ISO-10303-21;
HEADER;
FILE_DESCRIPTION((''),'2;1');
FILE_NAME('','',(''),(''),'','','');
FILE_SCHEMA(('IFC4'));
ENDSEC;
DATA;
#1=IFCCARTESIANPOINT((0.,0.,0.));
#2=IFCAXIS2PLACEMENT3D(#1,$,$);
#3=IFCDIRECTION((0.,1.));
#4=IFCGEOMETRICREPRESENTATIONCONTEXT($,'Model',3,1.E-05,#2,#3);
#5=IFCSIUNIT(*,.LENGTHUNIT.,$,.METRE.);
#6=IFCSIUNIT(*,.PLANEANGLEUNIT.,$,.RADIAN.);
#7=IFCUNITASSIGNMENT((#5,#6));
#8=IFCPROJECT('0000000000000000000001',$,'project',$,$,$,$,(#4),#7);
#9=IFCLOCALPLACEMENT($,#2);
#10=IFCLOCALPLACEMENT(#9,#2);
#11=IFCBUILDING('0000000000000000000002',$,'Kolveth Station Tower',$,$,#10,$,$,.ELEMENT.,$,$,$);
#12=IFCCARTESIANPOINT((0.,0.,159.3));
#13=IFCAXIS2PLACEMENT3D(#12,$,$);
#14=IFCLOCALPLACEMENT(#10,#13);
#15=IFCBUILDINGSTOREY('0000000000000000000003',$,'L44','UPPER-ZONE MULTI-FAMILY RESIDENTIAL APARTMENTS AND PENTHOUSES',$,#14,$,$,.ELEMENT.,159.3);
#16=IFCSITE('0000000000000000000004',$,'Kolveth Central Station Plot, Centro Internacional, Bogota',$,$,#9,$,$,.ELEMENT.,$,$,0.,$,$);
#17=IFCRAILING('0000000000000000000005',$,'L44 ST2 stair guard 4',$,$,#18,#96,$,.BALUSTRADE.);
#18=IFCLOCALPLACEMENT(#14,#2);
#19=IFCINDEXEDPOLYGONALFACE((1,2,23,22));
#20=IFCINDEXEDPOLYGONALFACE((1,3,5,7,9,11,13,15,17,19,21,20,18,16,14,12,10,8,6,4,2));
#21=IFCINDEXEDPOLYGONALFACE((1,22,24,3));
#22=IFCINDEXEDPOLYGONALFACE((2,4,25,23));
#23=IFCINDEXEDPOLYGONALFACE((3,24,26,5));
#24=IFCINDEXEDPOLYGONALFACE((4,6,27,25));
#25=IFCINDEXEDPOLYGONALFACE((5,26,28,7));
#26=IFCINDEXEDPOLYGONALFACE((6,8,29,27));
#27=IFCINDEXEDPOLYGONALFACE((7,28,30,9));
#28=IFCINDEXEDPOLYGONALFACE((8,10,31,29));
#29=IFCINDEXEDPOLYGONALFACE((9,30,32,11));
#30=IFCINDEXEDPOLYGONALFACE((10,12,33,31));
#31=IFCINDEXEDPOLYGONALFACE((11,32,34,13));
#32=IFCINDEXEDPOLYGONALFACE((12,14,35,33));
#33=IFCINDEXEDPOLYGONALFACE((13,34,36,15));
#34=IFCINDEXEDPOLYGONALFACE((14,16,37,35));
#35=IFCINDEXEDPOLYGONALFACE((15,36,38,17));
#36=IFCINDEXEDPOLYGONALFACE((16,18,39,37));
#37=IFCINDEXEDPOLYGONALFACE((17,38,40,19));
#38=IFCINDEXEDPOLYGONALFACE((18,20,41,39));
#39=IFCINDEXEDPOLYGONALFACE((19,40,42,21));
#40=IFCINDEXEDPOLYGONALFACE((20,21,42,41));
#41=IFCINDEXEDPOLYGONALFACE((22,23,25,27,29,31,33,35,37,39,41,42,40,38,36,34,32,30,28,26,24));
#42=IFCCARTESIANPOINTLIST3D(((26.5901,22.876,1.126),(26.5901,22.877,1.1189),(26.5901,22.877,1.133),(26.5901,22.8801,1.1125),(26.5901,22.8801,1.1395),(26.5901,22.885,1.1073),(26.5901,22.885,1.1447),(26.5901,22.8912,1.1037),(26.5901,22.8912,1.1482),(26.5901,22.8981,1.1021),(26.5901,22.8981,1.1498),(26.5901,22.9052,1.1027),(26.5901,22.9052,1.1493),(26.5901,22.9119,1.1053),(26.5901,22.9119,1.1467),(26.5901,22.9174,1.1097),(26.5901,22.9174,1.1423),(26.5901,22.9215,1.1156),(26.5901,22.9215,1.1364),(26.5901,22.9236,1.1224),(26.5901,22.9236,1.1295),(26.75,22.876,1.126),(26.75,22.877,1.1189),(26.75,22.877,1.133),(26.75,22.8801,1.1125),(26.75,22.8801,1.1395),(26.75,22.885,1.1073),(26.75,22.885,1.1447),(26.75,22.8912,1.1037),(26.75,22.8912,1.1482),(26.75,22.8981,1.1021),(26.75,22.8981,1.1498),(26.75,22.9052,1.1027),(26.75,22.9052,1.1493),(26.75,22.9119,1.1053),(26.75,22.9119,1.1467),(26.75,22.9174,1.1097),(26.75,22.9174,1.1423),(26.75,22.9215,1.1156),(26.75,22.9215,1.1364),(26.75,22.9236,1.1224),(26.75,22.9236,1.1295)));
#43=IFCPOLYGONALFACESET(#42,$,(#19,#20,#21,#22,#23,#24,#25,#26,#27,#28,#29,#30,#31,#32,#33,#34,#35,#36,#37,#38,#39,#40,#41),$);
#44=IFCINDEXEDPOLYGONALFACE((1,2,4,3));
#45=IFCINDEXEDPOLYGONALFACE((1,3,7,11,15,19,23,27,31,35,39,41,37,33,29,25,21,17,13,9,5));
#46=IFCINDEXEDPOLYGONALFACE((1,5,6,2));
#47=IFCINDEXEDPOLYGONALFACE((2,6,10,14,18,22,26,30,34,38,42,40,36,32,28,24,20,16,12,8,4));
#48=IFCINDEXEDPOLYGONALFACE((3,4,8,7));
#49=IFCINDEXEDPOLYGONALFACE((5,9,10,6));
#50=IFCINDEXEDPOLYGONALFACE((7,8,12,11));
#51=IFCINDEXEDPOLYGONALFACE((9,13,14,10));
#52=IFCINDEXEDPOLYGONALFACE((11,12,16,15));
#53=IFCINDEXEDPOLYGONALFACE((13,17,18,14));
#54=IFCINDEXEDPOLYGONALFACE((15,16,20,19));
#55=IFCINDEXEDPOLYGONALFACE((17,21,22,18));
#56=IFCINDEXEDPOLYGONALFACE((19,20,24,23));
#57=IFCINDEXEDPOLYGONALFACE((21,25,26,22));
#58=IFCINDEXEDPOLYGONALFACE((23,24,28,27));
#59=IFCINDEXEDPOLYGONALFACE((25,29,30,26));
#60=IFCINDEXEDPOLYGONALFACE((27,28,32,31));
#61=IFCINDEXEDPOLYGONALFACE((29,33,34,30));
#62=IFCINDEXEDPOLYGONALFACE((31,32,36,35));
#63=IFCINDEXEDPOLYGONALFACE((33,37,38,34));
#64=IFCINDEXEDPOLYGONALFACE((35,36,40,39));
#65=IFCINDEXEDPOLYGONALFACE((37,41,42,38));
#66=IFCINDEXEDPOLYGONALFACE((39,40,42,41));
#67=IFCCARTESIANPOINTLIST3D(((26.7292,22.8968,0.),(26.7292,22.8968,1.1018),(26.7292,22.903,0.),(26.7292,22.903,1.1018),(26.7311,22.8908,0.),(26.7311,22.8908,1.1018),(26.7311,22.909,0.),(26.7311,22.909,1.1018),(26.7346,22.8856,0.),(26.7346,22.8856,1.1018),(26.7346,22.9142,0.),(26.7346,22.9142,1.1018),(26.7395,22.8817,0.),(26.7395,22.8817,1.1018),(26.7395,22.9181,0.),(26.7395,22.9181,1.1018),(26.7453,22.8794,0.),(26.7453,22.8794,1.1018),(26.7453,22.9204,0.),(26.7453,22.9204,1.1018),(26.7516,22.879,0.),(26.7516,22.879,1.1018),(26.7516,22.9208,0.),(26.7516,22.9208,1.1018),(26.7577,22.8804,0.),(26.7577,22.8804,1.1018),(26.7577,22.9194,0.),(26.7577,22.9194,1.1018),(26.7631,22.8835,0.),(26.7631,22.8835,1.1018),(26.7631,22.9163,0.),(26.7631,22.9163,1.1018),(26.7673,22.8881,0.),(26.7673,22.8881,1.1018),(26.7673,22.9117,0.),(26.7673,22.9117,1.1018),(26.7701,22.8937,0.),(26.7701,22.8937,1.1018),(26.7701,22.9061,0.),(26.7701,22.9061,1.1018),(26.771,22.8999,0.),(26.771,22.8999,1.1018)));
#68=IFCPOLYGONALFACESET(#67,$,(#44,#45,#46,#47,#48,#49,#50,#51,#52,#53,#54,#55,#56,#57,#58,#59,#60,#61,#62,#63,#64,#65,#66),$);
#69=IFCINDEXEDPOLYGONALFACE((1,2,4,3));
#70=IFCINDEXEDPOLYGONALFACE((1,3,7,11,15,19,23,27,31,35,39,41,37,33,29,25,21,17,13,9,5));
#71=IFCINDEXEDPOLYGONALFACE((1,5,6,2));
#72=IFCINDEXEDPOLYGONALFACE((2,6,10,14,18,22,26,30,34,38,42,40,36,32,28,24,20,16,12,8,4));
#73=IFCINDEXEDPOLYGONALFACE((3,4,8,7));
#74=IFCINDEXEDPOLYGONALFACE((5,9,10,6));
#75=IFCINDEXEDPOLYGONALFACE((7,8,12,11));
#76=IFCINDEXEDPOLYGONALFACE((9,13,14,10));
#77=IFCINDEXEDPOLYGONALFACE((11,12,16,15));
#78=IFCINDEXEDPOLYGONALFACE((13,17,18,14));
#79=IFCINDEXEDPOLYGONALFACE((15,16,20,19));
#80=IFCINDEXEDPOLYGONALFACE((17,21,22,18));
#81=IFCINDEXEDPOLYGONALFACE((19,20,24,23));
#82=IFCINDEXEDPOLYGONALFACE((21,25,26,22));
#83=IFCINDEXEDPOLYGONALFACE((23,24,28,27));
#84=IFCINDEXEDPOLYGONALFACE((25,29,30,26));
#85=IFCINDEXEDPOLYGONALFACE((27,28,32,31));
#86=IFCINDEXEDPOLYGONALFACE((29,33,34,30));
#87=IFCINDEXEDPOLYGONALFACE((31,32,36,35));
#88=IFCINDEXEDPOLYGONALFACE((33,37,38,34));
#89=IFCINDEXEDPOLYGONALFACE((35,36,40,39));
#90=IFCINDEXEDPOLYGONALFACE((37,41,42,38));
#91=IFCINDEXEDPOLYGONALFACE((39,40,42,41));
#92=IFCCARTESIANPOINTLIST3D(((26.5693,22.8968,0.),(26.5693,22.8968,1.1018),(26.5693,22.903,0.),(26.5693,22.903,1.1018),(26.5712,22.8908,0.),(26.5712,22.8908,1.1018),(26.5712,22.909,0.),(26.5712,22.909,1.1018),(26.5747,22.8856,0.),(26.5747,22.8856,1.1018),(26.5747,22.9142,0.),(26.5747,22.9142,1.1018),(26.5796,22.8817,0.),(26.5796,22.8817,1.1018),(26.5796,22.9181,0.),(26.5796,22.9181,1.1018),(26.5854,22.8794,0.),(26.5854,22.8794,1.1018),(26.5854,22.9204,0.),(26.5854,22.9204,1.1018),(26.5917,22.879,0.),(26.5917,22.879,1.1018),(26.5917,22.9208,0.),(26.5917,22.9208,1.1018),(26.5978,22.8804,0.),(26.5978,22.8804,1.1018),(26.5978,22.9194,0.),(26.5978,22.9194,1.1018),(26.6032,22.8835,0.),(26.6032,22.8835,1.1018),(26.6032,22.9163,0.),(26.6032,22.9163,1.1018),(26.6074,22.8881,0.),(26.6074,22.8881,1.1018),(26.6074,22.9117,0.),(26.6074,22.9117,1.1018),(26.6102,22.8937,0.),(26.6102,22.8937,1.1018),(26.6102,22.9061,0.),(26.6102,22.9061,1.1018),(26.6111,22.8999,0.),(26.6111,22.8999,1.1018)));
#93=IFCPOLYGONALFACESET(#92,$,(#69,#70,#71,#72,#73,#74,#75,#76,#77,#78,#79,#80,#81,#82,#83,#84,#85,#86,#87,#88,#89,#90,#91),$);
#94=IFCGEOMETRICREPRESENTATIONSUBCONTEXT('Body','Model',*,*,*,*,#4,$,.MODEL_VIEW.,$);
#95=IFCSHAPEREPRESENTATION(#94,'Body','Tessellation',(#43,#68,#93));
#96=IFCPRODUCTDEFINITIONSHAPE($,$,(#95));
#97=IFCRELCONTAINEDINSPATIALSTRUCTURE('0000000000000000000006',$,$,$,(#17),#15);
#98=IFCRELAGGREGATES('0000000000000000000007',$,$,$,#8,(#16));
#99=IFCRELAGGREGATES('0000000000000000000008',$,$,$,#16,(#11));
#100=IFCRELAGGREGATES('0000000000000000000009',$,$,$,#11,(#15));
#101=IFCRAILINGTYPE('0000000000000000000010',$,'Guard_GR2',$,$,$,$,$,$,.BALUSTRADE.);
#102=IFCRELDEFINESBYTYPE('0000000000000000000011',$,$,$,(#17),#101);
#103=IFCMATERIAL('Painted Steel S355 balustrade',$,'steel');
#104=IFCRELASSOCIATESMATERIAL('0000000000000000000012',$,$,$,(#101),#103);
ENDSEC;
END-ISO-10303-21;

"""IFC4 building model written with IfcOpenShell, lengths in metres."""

from ifc_helpers import new_model, si_unit, direction, frame, origin, origin_2d, place, context, subcontext, project, spatial, circle, extrude, material, type_object, element, save


model = new_model("IFC4")

# Units and contexts
model_context = context("Model", 3, precision=1e-05, world=origin(), true_north=direction((0.0, 1.0)))
body_context = subcontext(model_context, "Body", "Model", "MODEL_VIEW")
ifc_project = project(units=[si_unit("LENGTHUNIT", "METRE"), si_unit("PLANEANGLEUNIT", "RADIAN")], contexts=[model_context])

# Site, building, storey
site_placement = place(None, origin())
site = spatial("IfcSite", under=ifc_project, at=site_placement, Name="Kolveth Central Station Plot, Centro Internacional, Bogota", CompositionType="ELEMENT", RefElevation=0.0)
building_placement = place(site_placement, origin())
building = spatial("IfcBuilding", under=site, at=building_placement, Name="Kolveth Station Tower", CompositionType="ELEMENT")
storey_placement = place(building_placement, frame((0.0, 0.0, 159.3)))
storey = spatial("IfcBuildingStorey", under=building, at=storey_placement, Name="L44", Description="UPPER-ZONE MULTI-FAMILY RESIDENTIAL APARTMENTS AND PENTHOUSES", CompositionType="ELEMENT", Elevation=159.3)

# Railing
ifc_material_1 = material(Name="Painted Steel S355 balustrade", Category="steel")
railing_type_1 = type_object("IfcRailingType", Name="Guard_GR2", PredefinedType="BALUSTRADE", material=ifc_material_1)
railing_1_placement = place(storey_placement, frame((26.75, 22.8999, 0.0)))
element("IfcRailing", 1, at=railing_1_placement, inside=storey, type_object=railing_type_1, Name="L44 ST2 stair guard 4", PredefinedType="BALUSTRADE", context=body_context, shape_type="SweptSolid", body=[
    extrude(circle(Radius=0.0239, at=origin_2d()), frame((0.0, 0.0, 1.126), z_axis=(-1.0, 0.0, 0.0), x_axis=(0.0, -1.0, 0.0)), (0.0, 0.0, 1.0), 0.1599),
    extrude(circle(Radius=0.021, at=origin_2d()), origin(), (0.0, 0.0, 1.0), 1.1018),
    extrude(circle(Radius=0.021, at=origin_2d()), frame((-0.1599, 0.0, 0.0)), (0.0, 0.0, 1.0), 1.1018),
])

save(model, "model.ifc")
